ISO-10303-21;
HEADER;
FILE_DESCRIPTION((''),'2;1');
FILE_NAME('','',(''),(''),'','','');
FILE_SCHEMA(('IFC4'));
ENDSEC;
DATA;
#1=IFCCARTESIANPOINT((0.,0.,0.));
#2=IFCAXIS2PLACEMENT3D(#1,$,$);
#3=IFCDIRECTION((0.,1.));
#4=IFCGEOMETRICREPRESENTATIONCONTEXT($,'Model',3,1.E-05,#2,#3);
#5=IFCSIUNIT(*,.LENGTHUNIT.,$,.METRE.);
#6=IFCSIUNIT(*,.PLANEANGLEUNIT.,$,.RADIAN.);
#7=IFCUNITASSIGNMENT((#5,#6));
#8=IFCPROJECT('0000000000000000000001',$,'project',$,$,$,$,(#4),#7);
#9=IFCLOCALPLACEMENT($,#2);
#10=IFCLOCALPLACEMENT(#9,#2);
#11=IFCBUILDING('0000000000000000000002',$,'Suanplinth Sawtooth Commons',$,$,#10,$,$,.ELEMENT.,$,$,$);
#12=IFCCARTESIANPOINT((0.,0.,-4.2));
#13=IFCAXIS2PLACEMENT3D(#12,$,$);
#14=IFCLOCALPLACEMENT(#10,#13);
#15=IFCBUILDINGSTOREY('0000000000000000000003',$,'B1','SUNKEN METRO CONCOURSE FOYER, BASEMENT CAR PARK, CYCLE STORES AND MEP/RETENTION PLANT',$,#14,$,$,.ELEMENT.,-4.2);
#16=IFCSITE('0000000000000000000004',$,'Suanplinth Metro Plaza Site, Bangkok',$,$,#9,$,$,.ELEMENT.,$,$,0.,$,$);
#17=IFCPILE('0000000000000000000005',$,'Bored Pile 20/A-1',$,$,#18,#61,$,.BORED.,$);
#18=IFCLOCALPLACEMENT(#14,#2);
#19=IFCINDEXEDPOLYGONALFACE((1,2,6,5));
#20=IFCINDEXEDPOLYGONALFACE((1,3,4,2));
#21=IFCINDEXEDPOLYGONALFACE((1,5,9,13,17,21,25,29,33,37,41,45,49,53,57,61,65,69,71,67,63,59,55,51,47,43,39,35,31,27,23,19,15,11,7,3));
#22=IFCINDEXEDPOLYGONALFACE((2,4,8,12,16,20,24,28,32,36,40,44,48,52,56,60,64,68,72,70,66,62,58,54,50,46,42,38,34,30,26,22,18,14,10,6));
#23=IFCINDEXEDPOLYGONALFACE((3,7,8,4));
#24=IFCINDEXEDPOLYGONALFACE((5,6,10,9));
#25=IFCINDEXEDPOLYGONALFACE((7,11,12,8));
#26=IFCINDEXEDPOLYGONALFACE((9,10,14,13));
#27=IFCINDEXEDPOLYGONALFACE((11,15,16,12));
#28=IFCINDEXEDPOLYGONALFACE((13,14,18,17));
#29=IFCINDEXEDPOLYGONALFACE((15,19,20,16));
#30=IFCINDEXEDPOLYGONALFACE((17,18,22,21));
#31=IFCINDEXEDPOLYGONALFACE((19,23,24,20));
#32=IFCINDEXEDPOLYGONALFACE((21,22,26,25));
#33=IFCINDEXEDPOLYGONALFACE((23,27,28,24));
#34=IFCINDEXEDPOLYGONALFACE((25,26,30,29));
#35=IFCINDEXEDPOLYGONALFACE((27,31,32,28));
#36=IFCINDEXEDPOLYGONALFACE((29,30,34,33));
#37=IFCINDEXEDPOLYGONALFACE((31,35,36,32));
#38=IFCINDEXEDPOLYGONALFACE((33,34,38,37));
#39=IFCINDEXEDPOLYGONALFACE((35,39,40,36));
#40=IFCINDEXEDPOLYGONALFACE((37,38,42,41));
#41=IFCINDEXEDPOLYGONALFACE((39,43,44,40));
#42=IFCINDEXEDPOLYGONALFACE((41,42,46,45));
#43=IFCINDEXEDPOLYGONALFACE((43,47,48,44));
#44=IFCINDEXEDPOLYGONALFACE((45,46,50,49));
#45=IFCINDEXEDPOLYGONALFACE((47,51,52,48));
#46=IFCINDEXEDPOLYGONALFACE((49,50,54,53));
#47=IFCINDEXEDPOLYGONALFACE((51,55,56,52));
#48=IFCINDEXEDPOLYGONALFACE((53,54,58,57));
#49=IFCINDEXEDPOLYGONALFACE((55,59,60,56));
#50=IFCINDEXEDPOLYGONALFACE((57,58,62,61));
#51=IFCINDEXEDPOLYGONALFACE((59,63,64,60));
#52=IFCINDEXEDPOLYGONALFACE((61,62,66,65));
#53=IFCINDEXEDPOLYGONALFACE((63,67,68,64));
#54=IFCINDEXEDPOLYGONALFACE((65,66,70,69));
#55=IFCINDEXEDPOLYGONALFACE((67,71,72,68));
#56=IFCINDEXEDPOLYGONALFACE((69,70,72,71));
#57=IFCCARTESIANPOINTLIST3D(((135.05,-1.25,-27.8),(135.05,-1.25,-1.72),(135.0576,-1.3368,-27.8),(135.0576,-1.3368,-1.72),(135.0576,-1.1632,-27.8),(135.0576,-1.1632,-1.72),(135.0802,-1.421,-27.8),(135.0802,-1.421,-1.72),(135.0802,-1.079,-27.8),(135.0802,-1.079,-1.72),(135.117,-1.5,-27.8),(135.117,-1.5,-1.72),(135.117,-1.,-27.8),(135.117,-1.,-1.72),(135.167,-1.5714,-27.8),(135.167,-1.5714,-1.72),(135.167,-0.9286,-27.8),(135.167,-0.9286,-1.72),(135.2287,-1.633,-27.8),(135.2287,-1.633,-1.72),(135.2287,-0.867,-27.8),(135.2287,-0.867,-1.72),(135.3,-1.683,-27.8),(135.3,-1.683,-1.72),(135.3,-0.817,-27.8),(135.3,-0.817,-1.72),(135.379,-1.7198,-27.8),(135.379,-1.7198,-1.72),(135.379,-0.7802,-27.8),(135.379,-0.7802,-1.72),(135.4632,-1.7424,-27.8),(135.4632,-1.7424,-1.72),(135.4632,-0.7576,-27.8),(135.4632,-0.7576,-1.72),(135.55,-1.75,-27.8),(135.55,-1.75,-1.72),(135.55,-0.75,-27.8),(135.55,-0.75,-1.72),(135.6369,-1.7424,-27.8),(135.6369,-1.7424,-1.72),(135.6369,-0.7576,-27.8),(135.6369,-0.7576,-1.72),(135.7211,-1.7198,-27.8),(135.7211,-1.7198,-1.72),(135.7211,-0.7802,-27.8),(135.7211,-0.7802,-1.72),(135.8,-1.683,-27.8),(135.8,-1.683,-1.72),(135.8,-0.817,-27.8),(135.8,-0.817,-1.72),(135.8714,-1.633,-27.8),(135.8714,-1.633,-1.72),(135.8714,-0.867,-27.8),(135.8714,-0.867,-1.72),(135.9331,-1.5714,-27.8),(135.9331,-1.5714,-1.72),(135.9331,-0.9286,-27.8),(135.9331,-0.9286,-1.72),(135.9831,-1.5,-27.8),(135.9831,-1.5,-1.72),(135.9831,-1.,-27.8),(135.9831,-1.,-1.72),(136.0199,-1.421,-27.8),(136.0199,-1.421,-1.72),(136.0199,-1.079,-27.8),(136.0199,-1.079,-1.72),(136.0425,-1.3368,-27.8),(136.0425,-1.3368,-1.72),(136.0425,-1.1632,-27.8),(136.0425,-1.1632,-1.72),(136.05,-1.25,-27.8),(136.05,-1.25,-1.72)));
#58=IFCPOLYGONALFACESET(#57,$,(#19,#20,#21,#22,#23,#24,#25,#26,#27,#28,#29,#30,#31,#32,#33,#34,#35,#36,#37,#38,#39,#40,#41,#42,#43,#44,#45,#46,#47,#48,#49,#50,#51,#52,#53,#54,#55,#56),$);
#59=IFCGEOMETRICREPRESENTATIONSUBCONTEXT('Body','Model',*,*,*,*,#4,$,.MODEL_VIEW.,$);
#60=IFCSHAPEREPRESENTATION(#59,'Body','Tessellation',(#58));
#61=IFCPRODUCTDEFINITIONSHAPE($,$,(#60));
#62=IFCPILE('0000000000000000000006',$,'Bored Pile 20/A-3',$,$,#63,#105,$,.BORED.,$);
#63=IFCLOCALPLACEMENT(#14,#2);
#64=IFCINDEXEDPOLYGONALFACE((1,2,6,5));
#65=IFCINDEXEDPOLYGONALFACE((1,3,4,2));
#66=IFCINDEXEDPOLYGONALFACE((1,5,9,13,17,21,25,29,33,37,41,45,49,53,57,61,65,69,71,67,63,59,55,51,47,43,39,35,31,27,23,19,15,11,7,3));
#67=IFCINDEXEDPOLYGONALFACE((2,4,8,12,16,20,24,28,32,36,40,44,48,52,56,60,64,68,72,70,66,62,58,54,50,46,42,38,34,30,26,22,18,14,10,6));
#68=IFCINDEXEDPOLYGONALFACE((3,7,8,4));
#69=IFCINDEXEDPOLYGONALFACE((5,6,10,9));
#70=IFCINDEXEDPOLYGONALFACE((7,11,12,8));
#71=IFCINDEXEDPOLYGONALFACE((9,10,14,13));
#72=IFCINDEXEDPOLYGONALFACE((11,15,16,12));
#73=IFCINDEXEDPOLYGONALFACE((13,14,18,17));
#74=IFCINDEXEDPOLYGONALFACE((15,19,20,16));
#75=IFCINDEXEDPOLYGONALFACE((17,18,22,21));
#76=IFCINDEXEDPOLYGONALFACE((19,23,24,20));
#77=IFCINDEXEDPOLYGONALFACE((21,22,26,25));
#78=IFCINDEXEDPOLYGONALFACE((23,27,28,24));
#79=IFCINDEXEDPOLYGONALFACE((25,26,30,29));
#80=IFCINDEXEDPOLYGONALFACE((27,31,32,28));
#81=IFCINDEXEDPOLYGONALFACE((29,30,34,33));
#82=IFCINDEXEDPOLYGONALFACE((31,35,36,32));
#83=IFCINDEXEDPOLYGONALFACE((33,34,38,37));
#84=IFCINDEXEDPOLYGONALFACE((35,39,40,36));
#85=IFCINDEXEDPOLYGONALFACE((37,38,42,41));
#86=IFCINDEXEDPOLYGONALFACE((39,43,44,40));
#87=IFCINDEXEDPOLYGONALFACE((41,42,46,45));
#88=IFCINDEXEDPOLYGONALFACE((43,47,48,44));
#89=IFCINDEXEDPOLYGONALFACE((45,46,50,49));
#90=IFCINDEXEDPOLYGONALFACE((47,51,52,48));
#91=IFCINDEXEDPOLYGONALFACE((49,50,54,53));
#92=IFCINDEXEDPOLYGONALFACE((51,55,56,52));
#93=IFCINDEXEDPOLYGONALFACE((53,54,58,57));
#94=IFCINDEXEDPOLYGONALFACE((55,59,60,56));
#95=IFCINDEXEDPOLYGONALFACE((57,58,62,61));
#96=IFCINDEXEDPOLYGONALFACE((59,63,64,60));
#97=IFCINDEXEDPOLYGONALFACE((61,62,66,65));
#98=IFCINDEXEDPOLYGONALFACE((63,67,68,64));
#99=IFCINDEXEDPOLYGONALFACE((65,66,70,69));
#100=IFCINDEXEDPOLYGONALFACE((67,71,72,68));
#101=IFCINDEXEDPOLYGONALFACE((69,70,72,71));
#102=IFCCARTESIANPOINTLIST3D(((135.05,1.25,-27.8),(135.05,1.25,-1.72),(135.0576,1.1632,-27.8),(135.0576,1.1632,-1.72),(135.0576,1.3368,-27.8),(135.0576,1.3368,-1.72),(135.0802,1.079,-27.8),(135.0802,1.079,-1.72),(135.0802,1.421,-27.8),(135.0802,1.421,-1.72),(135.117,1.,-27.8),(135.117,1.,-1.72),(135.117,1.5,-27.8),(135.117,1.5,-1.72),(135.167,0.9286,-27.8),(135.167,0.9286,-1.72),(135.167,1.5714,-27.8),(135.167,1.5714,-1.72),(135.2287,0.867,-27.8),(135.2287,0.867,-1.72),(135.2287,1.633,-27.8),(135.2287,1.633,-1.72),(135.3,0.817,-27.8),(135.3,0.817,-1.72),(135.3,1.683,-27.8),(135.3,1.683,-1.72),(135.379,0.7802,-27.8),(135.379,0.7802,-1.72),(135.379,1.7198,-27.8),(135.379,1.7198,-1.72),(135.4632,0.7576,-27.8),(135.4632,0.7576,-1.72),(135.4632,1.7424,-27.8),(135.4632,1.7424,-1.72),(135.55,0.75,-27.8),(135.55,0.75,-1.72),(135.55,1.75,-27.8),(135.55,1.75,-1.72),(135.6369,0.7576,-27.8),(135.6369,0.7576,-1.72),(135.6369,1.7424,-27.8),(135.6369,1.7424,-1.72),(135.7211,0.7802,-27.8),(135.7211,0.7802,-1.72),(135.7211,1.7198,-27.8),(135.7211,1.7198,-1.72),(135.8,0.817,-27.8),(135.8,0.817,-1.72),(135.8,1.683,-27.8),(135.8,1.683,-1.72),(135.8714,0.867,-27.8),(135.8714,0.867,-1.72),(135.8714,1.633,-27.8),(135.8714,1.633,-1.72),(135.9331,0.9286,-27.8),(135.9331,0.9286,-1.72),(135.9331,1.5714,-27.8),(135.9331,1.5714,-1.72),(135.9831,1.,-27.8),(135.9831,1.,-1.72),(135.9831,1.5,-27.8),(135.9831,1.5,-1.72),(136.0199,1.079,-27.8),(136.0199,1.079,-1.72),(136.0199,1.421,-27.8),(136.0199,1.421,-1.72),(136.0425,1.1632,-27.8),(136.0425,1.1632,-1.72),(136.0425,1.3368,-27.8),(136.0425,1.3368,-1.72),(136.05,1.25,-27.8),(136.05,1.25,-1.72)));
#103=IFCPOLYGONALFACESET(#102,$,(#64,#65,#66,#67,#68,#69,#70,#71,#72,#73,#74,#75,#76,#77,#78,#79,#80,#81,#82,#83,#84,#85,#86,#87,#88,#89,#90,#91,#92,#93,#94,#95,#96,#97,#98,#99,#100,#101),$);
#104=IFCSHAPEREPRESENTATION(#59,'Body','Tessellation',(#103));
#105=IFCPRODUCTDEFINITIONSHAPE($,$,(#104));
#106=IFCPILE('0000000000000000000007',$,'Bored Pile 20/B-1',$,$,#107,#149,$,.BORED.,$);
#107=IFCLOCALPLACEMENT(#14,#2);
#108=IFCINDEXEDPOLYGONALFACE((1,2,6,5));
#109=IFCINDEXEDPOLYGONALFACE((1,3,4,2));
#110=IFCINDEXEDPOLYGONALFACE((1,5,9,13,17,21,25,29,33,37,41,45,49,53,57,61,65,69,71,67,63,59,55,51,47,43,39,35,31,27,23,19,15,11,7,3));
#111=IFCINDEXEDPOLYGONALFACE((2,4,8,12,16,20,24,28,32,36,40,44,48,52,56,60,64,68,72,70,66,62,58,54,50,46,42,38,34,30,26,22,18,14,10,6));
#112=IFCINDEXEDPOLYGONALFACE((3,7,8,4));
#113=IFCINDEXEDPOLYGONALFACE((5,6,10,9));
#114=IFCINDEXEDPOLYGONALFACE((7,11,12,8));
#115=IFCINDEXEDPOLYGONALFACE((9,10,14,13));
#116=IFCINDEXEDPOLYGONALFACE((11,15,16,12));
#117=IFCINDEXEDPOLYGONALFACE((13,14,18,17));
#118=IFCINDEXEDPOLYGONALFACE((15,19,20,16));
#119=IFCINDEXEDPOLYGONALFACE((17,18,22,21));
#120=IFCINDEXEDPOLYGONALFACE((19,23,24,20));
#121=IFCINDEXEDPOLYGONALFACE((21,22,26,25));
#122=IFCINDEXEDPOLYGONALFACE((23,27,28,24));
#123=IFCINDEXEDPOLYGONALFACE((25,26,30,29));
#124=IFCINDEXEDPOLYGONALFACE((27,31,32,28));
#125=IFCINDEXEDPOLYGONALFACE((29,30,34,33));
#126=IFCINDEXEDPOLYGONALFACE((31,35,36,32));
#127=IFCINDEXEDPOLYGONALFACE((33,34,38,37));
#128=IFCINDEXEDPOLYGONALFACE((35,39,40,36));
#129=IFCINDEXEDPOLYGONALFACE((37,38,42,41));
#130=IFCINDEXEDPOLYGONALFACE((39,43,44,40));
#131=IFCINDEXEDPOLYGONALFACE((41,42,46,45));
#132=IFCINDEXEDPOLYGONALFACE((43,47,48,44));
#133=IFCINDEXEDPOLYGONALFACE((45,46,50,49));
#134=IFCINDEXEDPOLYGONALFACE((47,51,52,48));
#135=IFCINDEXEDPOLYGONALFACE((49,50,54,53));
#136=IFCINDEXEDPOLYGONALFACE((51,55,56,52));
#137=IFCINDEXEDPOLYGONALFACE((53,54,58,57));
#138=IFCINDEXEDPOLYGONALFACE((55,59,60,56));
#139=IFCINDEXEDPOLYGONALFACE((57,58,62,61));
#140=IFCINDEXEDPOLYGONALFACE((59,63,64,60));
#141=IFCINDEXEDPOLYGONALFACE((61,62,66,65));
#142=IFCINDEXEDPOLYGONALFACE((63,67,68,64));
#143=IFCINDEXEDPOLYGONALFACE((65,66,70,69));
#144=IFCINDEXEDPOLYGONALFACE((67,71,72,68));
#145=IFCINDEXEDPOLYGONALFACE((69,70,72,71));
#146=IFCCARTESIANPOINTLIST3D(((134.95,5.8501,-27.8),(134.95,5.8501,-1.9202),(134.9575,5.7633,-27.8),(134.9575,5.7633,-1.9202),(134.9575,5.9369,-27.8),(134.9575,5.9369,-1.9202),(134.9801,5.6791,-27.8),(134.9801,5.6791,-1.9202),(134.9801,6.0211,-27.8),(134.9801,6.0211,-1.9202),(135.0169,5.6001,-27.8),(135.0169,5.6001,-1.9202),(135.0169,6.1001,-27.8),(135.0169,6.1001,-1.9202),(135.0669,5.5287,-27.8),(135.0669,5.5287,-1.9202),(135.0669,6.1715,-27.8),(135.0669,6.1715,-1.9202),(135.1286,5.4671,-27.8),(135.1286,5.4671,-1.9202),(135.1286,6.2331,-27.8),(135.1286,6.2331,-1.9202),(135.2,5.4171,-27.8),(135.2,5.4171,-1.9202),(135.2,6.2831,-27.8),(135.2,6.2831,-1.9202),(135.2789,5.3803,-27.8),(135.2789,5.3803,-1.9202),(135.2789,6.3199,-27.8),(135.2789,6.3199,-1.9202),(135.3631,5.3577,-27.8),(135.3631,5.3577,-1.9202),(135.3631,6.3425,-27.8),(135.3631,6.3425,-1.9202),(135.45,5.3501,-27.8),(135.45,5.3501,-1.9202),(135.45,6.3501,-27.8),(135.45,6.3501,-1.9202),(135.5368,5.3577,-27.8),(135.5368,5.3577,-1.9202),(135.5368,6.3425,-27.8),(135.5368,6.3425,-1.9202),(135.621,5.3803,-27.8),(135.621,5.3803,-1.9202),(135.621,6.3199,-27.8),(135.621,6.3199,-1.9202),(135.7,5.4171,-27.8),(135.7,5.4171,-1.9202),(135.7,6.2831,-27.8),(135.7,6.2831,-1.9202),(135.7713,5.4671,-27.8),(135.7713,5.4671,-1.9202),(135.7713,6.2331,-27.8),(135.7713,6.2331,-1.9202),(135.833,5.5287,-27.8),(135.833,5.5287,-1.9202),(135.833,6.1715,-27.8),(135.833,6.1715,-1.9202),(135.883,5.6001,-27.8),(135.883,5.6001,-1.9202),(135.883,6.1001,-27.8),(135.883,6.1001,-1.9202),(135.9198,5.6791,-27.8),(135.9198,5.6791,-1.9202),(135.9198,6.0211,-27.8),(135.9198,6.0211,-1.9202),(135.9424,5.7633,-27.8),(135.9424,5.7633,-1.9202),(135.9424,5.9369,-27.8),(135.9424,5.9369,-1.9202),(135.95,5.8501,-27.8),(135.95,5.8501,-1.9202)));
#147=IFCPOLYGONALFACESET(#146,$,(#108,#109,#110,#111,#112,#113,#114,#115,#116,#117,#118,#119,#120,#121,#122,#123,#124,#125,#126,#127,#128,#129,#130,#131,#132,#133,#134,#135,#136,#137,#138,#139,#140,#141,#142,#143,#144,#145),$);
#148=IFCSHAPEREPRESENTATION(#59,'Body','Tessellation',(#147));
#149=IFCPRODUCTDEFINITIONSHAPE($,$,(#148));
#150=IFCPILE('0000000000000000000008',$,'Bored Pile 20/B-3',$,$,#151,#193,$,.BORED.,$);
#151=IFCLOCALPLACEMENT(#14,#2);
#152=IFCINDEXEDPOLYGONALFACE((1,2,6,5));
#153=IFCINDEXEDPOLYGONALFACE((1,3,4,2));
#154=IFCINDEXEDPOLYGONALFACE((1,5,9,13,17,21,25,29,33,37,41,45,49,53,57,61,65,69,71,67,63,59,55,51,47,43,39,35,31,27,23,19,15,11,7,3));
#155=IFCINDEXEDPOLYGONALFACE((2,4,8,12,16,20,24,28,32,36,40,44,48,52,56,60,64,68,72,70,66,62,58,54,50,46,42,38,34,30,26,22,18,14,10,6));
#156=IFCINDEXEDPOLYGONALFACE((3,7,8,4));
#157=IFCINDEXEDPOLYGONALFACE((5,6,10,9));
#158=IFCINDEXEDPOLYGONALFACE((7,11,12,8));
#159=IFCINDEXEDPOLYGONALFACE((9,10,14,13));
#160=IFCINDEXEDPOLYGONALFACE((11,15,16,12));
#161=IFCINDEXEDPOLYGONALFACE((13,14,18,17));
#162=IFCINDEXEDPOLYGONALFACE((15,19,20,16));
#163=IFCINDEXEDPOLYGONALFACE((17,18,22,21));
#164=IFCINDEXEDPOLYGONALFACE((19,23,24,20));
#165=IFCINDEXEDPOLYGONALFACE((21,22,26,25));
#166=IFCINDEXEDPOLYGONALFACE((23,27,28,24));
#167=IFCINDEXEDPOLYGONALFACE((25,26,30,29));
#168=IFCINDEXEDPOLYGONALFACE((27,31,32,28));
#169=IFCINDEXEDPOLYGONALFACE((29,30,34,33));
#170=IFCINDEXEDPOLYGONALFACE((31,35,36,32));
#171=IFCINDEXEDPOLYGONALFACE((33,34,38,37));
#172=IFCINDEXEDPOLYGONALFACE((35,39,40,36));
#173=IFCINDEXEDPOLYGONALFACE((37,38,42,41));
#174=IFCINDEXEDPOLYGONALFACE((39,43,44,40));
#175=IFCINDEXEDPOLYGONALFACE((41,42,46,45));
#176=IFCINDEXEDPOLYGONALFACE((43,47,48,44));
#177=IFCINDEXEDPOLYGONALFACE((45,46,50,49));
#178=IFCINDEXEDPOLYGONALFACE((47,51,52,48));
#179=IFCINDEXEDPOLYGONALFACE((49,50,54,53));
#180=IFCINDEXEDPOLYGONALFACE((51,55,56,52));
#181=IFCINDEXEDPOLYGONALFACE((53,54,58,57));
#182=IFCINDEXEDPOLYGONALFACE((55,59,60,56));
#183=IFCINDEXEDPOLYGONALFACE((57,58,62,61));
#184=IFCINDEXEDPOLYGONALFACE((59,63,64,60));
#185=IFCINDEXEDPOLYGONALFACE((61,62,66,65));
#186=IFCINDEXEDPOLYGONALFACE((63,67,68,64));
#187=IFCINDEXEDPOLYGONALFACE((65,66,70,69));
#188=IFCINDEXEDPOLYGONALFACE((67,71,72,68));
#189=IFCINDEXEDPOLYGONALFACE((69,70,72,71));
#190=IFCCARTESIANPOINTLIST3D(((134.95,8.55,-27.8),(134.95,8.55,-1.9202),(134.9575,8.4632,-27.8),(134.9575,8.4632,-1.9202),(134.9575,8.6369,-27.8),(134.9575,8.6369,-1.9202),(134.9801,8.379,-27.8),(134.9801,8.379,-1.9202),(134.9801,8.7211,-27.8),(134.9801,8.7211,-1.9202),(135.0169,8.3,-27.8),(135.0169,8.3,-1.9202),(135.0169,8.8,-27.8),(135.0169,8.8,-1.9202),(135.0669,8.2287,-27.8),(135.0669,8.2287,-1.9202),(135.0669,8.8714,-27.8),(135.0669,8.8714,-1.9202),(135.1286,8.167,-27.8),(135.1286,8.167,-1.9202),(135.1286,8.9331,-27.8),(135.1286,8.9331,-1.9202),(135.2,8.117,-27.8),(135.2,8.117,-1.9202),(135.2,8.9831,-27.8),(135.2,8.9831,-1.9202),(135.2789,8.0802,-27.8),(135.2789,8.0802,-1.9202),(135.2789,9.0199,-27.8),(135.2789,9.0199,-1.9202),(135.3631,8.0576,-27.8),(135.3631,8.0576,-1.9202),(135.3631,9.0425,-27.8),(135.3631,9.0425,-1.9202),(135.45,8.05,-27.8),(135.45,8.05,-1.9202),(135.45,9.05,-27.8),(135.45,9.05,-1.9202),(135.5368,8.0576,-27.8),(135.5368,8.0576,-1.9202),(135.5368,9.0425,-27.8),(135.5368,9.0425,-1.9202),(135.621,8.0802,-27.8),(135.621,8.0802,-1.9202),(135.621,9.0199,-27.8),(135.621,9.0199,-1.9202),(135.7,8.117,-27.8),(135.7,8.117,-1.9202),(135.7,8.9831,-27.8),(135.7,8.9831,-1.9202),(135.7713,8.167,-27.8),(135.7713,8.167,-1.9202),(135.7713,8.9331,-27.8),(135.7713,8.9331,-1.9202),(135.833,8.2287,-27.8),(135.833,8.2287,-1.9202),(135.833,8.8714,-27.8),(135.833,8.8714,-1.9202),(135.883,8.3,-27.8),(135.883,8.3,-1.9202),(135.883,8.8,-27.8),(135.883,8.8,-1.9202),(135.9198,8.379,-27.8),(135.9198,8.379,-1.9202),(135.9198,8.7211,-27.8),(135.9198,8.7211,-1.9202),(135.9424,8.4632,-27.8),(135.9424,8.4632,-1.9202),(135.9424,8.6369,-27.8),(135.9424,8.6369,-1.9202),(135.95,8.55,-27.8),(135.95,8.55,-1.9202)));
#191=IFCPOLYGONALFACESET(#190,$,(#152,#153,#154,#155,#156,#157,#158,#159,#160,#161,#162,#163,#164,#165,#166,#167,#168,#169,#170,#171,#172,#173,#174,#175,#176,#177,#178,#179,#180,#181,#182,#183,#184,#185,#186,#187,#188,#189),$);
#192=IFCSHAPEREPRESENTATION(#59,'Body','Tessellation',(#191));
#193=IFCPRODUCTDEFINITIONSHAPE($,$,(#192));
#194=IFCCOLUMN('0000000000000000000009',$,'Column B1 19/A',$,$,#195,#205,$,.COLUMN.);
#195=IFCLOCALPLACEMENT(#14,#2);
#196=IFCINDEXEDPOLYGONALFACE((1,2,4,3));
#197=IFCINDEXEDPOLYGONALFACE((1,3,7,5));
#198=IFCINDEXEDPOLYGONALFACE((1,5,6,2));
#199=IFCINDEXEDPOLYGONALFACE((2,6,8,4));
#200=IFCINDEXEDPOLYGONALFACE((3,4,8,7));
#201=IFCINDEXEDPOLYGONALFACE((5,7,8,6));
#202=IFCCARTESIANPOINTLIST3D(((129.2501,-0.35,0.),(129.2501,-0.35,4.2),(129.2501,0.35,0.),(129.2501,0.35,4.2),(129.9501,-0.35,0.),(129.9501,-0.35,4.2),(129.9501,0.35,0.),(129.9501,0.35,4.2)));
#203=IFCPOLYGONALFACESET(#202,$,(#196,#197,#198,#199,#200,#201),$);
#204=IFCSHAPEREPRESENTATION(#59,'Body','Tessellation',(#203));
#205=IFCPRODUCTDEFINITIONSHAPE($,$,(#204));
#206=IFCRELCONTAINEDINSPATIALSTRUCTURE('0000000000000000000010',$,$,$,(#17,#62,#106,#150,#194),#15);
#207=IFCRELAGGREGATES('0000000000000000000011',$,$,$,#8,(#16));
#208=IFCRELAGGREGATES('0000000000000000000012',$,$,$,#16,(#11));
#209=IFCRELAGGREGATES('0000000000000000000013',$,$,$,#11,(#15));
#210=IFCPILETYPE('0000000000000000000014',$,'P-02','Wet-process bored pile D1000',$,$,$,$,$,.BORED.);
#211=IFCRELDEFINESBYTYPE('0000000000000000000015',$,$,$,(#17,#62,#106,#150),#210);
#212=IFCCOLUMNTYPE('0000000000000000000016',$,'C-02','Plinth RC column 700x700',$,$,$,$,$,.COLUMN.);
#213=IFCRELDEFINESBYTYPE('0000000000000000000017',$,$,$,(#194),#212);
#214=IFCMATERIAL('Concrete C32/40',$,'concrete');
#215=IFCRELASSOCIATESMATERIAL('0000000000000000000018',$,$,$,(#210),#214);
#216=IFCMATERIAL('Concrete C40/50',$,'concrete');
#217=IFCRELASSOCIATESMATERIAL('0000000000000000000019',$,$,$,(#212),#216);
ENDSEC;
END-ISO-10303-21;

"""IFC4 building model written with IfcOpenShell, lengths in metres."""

from ifc_helpers import new_model, si_unit, direction, frame, origin, origin_2d, place, context, subcontext, project, spatial, rectangle, circle, extrude, material, material_profile, profile_set, type_object, element, save


model = new_model("IFC4")

# Units and contexts
model_context = context("Model", 3, precision=1e-05, world=origin(), true_north=direction((0.0, 1.0)))
body_context = subcontext(model_context, "Body", "Model", "MODEL_VIEW")
ifc_project = project(units=[si_unit("LENGTHUNIT", "METRE"), si_unit("PLANEANGLEUNIT", "RADIAN")], contexts=[model_context])

# Site, building, storey
site_placement = place(None, origin())
site = spatial("IfcSite", under=ifc_project, at=site_placement, Name="Suanplinth Metro Plaza Site, Bangkok", CompositionType="ELEMENT", RefElevation=0.0)
building_placement = place(site_placement, origin())
building = spatial("IfcBuilding", under=site, at=building_placement, Name="Suanplinth Sawtooth Commons", CompositionType="ELEMENT")
storey_placement = place(building_placement, frame((0.0, 0.0, -4.2)))
storey = spatial("IfcBuildingStorey", under=building, at=storey_placement, Name="B1", Description="SUNKEN METRO CONCOURSE FOYER, BASEMENT CAR PARK, CYCLE STORES AND MEP/RETENTION PLANT", CompositionType="ELEMENT", Elevation=-4.2)

# Piles
ifc_material_1 = material(Name="Concrete C32/40", Category="concrete")
ifc_material_profile_1 = material_profile(ifc_material_1, circle(Radius=0.5, at=origin_2d()), Name="PILE D1000")
ifc_profile_set_1 = profile_set([ifc_material_profile_1], Name="Concrete C32/40")
pile_type = type_object("IfcPileType", Name="P-02", Description="Wet-process bored pile D1000", PredefinedType="BORED", material=ifc_profile_set_1)
for number, where, z_axis, x_axis, name in (
    (1, (135.55, -1.25, -1.72), (0.0, 0.0, -1.0), (1.0, 0.0, 0.0), "Bored Pile 20/A-1"),
    (2, (135.55, 1.25, -1.72), (0.0, 0.0, -1.0), (1.0, 0.0, 0.0), "Bored Pile 20/A-3"),
):
    element("IfcPile", number, at=place(storey_placement, frame(where, z_axis=z_axis, x_axis=x_axis)), inside=storey, type_object=pile_type, Name=name, PredefinedType="BORED", context=body_context, shape_type="SweptSolid", body=[
        extrude(circle(Radius=0.5, at=origin_2d()), origin(), (0.0, 0.0, 1.0), 26.0801),
    ])
for number, where, z_axis, x_axis, name in (
    (3, (135.45, 5.8501, -1.9202), (0.0, 0.0, -1.0), (1.0, 0.0, 0.0), "Bored Pile 20/B-1"),
    (4, (135.45, 8.55, -1.9202), (0.0, 0.0, -1.0), (1.0, 0.0, 0.0), "Bored Pile 20/B-3"),
):
    element("IfcPile", number, at=place(storey_placement, frame(where, z_axis=z_axis, x_axis=x_axis)), inside=storey, type_object=pile_type, Name=name, PredefinedType="BORED", context=body_context, shape_type="SweptSolid", body=[
        extrude(circle(Radius=0.5, at=origin_2d()), origin(), (0.0, 0.0, 1.0), 25.8799),
    ])

# Column
ifc_material_2 = material(Name="Concrete C40/50", Category="concrete")
ifc_material_profile_2 = material_profile(ifc_material_2, rectangle(XDim=0.7, YDim=0.7, at=origin_2d()), Name="RC-COL 700x700")
ifc_profile_set_2 = profile_set([ifc_material_profile_2], Name="Concrete C40/50")
column_type = type_object("IfcColumnType", Name="C-02", Description="Plinth RC column 700x700", PredefinedType="COLUMN", material=ifc_profile_set_2)
for number, where, z_axis, x_axis, name in (
    (5, (129.6001, 0.0, 0.0), (0.0, 0.0, 1.0), (1.0, 0.0, 0.0), "Column B1 19/A"),
):
    element("IfcColumn", number, at=place(storey_placement, frame(where, z_axis=z_axis, x_axis=x_axis)), inside=storey, type_object=column_type, Name=name, PredefinedType="COLUMN", context=body_context, shape_type="SweptSolid", body=[
        extrude(rectangle(XDim=0.7, YDim=0.7, at=origin_2d()), origin(), (0.0, 0.0, 1.0), 4.2),
    ])

save(model, "model.ifc")
